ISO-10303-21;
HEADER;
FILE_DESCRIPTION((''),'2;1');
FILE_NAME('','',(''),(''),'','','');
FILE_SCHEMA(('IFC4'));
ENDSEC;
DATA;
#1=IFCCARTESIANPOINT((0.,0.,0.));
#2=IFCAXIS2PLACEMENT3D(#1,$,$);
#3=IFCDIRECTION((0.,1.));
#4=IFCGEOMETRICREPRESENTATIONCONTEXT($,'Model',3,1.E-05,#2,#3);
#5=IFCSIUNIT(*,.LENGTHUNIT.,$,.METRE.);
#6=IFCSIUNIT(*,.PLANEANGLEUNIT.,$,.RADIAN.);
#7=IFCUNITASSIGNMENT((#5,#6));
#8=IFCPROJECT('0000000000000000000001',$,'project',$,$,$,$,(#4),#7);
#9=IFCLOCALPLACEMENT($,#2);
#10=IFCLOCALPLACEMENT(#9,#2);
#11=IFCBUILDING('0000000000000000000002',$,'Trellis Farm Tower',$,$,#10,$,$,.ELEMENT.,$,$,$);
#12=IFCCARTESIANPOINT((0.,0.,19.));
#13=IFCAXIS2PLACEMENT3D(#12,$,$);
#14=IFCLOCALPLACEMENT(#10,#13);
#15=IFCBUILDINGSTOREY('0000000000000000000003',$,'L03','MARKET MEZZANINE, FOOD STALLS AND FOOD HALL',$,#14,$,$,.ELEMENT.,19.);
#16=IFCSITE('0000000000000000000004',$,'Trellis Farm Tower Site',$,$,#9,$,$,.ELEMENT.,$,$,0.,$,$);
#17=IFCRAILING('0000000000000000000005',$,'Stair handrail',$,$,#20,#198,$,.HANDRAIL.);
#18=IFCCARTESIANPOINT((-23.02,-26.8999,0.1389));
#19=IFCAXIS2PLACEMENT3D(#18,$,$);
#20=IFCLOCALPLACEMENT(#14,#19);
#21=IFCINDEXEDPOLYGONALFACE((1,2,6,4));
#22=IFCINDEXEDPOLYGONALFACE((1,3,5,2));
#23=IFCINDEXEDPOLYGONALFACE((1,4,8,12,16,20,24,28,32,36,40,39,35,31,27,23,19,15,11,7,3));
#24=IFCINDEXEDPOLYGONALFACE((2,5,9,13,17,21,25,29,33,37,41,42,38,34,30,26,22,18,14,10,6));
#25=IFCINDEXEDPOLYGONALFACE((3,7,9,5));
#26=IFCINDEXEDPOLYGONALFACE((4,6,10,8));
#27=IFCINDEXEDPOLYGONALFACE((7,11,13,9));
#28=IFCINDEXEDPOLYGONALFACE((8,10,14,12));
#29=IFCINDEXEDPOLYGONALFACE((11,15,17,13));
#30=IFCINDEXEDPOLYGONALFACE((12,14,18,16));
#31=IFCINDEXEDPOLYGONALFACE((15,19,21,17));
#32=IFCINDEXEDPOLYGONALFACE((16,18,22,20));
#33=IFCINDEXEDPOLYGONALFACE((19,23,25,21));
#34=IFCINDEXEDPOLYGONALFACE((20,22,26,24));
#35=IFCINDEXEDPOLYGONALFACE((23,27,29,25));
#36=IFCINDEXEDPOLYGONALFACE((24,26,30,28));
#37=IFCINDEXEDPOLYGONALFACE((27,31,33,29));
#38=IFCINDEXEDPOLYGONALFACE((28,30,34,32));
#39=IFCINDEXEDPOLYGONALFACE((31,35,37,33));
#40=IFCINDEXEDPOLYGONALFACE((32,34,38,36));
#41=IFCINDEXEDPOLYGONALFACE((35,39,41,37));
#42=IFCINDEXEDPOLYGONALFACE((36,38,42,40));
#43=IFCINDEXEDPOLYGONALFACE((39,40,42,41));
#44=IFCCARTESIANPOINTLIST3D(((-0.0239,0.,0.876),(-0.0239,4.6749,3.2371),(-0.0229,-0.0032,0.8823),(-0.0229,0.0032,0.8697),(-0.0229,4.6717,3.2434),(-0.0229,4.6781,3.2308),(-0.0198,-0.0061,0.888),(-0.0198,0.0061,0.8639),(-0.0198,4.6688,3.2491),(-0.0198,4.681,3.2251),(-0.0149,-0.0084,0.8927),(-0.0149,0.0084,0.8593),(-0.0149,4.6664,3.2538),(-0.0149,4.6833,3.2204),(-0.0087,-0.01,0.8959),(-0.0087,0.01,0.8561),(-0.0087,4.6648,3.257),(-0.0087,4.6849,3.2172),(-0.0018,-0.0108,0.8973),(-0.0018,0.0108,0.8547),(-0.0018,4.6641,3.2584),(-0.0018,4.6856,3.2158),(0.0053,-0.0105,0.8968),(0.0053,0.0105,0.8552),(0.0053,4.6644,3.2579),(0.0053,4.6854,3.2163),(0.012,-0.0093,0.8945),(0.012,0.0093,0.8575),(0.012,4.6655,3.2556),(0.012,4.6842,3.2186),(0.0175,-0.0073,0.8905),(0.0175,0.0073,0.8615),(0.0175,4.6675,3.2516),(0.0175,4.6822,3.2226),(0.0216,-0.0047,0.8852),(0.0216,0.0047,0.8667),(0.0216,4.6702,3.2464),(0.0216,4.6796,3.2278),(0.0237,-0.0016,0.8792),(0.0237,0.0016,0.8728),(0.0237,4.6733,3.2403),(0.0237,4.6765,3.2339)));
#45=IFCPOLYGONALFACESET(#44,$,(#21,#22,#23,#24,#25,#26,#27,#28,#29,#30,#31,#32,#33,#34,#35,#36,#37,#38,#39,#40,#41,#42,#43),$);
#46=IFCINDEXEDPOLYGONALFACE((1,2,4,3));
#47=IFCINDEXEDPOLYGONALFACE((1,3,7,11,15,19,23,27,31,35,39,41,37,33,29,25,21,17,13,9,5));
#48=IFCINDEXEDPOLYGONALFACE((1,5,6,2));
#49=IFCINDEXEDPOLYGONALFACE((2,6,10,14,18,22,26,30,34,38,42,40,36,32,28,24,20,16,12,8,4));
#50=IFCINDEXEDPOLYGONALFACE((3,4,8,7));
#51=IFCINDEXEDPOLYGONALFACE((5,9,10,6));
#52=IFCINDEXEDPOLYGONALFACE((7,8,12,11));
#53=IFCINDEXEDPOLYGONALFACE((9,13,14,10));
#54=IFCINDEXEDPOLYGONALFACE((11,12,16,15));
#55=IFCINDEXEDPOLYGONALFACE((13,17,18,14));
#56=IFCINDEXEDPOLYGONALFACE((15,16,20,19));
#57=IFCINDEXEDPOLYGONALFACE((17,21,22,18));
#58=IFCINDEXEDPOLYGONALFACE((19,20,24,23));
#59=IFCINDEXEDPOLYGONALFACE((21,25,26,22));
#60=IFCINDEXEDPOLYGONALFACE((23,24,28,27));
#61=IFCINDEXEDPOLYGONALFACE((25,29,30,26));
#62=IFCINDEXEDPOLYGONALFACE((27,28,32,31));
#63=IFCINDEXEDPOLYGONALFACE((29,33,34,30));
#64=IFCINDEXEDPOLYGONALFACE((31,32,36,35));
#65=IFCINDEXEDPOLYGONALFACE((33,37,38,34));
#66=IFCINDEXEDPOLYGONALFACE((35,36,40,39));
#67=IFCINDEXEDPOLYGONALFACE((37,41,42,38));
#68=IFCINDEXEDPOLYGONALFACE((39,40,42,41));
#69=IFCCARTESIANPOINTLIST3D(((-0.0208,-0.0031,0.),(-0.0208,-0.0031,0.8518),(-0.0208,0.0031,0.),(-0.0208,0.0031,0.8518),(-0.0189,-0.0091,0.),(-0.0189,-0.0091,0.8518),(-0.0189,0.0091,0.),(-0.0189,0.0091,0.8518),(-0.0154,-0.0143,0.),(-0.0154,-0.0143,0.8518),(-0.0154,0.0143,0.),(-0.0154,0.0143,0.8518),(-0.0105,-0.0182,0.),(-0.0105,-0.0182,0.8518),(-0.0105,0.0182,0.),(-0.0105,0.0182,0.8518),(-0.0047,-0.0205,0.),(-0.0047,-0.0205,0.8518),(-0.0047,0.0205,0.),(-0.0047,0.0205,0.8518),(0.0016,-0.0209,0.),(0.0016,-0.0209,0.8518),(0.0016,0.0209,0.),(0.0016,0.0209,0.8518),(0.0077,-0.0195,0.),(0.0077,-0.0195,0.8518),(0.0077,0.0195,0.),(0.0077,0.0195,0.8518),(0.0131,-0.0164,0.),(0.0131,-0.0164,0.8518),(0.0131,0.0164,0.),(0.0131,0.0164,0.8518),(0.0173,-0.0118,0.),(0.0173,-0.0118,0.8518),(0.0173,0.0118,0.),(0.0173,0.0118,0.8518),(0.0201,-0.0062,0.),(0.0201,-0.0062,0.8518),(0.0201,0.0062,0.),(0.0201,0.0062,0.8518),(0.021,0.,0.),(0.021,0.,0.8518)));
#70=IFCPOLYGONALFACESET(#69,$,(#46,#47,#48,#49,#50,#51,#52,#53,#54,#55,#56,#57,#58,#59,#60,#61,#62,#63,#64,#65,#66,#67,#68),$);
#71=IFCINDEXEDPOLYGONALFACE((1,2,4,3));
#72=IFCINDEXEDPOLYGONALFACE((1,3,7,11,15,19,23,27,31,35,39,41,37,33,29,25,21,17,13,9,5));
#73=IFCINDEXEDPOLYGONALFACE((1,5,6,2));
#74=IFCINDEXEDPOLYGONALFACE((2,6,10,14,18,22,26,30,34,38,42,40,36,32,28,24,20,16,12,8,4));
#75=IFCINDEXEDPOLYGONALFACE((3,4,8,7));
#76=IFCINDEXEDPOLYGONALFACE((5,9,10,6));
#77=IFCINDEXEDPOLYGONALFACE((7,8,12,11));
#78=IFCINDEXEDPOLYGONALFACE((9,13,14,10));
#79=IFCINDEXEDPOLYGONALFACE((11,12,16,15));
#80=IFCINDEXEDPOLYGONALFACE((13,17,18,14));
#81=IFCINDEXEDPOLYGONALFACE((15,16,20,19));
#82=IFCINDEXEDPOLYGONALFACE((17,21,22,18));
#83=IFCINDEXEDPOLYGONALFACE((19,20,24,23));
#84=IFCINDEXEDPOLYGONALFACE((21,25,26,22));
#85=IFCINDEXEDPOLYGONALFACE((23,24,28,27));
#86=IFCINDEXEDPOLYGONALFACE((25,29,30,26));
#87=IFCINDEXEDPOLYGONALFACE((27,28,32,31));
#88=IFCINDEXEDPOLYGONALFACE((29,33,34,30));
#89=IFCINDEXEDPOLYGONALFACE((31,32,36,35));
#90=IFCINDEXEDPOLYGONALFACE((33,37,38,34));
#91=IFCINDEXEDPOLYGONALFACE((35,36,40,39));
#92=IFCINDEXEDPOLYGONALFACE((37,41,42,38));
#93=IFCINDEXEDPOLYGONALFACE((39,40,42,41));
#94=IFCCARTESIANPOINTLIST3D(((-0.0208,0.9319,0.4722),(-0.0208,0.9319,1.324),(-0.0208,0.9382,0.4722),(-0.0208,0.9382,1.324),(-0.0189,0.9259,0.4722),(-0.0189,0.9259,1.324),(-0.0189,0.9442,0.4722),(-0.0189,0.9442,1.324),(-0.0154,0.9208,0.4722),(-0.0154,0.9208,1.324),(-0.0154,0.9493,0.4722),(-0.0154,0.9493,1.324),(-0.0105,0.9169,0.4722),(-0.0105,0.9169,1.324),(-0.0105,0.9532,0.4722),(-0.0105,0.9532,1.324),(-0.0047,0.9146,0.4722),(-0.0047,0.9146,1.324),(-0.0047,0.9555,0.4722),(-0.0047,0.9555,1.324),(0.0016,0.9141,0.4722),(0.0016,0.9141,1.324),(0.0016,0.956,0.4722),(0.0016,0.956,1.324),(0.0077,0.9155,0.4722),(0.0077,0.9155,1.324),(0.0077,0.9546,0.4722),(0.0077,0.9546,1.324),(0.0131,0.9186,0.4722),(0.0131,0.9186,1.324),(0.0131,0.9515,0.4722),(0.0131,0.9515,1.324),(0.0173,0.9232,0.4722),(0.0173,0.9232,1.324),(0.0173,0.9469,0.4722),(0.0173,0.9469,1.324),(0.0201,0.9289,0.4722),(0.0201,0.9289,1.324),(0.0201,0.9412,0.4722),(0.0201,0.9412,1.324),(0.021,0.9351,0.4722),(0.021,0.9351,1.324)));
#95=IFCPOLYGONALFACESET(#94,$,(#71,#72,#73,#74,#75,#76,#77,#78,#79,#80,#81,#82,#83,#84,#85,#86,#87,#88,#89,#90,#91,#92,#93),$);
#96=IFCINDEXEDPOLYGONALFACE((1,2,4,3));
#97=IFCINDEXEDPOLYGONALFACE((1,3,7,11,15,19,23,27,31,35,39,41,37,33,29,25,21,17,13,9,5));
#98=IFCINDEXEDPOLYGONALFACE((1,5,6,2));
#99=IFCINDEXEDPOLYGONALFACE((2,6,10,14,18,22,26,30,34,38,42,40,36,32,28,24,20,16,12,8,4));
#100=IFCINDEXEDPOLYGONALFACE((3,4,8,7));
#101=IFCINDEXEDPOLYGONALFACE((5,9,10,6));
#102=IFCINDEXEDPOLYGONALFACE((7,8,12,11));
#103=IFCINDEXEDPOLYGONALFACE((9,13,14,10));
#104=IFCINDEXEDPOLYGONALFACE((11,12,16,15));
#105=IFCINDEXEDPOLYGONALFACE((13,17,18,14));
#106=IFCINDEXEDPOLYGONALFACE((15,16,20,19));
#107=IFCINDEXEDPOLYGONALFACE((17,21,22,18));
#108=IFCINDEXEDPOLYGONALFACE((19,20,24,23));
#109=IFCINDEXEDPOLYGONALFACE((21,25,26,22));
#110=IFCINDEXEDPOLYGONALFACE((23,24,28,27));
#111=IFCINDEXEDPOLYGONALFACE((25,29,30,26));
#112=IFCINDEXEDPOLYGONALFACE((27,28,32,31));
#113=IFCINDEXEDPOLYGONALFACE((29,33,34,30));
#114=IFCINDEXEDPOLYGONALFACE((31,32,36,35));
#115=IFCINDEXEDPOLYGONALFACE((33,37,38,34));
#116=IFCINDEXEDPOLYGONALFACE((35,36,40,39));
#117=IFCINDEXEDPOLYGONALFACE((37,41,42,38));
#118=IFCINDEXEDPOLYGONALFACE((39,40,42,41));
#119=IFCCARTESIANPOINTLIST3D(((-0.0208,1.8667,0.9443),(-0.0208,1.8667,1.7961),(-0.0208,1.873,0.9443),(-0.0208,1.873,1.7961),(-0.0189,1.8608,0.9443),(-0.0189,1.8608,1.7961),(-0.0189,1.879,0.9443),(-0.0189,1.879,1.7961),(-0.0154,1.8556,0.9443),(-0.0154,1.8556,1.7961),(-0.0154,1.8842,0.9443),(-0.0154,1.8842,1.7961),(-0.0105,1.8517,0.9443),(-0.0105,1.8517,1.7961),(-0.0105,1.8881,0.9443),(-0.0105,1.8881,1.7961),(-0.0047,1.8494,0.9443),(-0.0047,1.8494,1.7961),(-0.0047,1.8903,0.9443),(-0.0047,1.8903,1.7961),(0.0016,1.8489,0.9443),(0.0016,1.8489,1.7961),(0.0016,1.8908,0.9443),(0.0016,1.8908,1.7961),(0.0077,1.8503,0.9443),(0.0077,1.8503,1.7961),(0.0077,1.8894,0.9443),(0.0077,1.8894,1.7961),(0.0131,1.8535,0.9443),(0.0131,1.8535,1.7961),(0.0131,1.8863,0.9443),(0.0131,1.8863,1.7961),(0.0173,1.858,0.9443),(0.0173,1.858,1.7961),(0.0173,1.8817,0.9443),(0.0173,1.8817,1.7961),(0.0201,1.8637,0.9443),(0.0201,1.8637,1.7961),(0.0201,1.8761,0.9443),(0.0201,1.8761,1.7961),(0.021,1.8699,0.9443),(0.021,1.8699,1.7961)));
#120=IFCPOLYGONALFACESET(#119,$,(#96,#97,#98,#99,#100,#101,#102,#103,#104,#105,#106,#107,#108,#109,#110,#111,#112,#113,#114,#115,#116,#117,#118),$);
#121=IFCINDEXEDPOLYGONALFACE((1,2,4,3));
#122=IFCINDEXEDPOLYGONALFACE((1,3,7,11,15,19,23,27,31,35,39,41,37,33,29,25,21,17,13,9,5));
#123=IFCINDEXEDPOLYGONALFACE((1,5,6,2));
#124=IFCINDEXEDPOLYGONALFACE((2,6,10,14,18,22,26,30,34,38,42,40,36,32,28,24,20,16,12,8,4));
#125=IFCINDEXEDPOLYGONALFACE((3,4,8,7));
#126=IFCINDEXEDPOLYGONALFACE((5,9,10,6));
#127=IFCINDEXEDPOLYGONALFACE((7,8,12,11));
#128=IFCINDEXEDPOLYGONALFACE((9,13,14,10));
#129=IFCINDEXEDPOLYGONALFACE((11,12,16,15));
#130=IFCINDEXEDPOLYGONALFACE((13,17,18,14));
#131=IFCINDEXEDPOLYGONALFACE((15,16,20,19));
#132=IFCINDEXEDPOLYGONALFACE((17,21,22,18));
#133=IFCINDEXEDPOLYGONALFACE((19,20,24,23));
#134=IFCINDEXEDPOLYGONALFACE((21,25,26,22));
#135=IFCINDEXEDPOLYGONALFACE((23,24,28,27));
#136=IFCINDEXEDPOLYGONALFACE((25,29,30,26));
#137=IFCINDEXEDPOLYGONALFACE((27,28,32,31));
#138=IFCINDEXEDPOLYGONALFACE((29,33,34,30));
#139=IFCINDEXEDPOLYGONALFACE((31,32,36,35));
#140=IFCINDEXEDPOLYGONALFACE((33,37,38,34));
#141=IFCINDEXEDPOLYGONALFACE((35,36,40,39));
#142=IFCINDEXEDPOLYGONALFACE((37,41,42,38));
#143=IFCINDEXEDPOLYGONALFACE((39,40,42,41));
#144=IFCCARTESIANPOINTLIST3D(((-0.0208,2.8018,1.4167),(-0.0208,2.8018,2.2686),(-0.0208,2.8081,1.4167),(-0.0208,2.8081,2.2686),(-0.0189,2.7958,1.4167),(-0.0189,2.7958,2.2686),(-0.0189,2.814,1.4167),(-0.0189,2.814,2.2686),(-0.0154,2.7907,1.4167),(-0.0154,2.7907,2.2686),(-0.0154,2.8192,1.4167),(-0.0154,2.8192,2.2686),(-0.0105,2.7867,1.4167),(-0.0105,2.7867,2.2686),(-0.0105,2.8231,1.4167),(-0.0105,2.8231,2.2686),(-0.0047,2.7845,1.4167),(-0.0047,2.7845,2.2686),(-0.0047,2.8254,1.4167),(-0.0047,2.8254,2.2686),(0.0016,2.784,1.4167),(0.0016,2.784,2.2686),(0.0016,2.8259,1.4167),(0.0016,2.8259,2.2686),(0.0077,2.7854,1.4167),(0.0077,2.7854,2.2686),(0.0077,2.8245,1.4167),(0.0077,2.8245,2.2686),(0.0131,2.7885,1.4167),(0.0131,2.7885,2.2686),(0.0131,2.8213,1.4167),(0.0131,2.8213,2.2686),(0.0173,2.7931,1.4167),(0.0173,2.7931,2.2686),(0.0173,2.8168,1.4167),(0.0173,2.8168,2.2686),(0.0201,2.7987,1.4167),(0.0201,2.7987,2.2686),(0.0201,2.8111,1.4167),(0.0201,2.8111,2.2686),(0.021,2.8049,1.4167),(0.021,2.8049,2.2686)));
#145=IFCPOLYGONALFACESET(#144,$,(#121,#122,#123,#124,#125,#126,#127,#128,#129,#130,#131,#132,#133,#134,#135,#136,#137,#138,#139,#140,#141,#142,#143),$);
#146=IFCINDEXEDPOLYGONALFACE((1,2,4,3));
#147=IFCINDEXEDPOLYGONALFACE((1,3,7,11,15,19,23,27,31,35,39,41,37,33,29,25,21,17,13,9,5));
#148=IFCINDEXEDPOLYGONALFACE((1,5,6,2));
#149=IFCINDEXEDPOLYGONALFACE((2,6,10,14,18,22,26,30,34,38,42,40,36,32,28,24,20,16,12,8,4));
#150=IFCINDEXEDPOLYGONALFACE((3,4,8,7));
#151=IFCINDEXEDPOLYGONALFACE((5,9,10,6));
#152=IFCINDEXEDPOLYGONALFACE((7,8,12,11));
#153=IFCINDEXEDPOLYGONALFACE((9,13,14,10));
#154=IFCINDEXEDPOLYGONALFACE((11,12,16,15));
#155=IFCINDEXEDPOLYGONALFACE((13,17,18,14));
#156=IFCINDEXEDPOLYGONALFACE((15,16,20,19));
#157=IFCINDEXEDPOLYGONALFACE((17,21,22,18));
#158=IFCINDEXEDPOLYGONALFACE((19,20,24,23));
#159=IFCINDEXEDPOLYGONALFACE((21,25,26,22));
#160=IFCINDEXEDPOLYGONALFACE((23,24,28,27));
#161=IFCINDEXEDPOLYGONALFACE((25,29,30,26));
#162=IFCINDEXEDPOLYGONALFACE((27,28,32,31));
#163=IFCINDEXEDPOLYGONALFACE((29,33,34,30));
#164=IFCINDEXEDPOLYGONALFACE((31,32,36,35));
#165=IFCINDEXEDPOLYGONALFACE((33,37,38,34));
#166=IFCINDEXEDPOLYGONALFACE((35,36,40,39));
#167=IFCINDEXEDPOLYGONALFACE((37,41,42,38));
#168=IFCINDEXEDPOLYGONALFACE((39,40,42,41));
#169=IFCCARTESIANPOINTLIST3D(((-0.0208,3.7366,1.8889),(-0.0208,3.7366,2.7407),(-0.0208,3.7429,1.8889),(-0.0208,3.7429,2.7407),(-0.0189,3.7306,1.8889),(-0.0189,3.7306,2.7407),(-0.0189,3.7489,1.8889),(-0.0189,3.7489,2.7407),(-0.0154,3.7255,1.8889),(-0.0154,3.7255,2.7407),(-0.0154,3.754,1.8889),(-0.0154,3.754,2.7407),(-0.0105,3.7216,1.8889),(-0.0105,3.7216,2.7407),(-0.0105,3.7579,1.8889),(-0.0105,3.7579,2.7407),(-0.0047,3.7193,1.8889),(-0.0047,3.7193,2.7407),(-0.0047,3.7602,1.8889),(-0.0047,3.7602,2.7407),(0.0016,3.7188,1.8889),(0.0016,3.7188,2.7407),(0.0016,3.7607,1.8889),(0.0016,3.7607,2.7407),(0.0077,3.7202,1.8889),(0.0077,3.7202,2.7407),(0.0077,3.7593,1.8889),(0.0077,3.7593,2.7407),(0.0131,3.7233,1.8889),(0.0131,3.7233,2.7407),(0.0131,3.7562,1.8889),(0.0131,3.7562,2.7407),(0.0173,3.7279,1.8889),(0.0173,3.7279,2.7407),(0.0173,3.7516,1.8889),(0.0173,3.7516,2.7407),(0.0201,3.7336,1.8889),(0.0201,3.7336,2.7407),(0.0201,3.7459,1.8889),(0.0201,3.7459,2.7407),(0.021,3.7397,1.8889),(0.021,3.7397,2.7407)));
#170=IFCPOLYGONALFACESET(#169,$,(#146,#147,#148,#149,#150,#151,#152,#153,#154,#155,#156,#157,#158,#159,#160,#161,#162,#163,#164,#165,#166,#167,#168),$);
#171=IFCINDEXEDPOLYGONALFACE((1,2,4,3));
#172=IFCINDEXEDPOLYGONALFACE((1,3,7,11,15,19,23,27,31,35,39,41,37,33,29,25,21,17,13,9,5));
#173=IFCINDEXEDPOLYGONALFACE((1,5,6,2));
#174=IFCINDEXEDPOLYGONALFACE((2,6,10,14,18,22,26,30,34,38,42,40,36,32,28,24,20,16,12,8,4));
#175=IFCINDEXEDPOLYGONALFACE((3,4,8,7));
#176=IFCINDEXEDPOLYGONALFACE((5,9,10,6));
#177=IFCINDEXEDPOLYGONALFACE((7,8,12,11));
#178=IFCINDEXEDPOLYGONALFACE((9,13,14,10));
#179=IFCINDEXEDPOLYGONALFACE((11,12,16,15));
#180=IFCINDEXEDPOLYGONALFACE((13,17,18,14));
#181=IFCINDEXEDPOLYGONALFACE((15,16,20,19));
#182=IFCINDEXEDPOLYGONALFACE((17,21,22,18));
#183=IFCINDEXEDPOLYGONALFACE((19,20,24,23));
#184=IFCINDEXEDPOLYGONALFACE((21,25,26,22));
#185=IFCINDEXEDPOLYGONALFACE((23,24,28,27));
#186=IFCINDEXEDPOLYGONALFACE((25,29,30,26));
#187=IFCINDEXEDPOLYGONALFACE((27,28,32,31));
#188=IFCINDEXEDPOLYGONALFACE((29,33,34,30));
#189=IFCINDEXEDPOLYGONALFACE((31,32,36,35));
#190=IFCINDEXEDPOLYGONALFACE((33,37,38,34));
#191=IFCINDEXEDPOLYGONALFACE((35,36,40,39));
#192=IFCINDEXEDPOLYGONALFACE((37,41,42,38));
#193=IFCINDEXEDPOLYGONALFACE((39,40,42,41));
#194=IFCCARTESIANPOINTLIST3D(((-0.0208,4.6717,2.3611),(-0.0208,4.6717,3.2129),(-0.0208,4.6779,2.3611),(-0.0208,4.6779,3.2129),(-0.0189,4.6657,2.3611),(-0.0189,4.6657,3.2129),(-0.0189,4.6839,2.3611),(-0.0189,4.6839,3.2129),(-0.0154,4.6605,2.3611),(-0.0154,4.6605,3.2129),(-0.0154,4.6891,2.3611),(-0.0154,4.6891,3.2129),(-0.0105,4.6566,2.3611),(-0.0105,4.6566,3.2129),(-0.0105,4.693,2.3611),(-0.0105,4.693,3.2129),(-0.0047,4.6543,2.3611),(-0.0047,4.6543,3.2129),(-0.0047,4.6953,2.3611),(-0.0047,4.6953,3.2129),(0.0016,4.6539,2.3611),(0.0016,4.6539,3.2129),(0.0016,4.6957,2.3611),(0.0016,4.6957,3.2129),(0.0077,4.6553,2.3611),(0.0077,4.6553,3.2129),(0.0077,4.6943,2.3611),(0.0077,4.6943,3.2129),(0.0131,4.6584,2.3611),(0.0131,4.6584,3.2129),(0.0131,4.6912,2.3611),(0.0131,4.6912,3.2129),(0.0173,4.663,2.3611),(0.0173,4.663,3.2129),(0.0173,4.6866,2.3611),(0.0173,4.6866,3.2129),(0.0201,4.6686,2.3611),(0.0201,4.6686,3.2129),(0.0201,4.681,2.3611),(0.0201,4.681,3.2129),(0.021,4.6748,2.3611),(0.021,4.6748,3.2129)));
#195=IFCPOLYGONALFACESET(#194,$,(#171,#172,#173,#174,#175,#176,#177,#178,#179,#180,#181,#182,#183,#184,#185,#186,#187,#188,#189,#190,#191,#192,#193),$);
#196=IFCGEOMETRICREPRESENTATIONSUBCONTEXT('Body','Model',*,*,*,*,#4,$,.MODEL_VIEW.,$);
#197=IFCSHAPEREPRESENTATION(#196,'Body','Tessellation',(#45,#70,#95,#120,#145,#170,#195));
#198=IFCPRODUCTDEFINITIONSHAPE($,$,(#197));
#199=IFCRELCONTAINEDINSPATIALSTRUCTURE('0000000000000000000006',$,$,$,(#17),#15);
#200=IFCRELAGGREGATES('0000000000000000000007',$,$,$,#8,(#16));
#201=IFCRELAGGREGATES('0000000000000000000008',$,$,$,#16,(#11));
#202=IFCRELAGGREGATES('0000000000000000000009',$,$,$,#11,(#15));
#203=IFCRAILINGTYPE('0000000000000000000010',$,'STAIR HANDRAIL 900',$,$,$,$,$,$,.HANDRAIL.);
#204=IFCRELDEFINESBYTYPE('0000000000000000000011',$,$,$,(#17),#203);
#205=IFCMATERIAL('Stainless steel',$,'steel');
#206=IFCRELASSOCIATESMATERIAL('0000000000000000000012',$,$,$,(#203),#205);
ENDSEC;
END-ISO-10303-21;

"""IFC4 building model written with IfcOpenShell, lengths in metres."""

from ifc_helpers import new_model, si_unit, direction, frame, origin, origin_2d, place, context, subcontext, project, spatial, circle, extrude, source, transform, mapped, material, type_object, element, save


model = new_model("IFC4")

# Units and contexts
model_context = context("Model", 3, precision=1e-05, world=origin(), true_north=direction((0.0, 1.0)))
body_context = subcontext(model_context, "Body", "Model", "MODEL_VIEW")
ifc_project = project(units=[si_unit("LENGTHUNIT", "METRE"), si_unit("PLANEANGLEUNIT", "RADIAN")], contexts=[model_context])

# Site, building, storey
site_placement = place(None, origin())
site = spatial("IfcSite", under=ifc_project, at=site_placement, Name="Trellis Farm Tower Site", CompositionType="ELEMENT", RefElevation=0.0)
building_placement = place(site_placement, origin())
building = spatial("IfcBuilding", under=site, at=building_placement, Name="Trellis Farm Tower", CompositionType="ELEMENT")
storey_placement = place(building_placement, frame((0.0, 0.0, 19.0)))
storey = spatial("IfcBuildingStorey", under=building, at=storey_placement, Name="L03", Description="MARKET MEZZANINE, FOOD STALLS AND FOOD HALL", CompositionType="ELEMENT", Elevation=19.0)

# Railing
ifc_material_1 = material(Name="Stainless steel", Category="steel")
railing_type = type_object("IfcRailingType", Name="STAIR HANDRAIL 900", PredefinedType="HANDRAIL", material=ifc_material_1)
shared_shape_1 = source(origin(), body_context, "Body", "SweptSolid", [
    extrude(circle(Radius=0.0239, at=origin_2d()), frame((0.0, 0.0, 0.876), z_axis=(0.0, 0.892611, 0.450827), x_axis=(-1.0, 0.0, 0.0)), (0.0, 0.0, 1.0), 5.2373),
    extrude(circle(Radius=0.021, at=origin_2d()), origin(), (0.0, 0.0, 1.0), 0.8518),
    extrude(circle(Radius=0.021, at=origin_2d()), frame((0.0, 0.9351, 0.4722)), (0.0, 0.0, 1.0), 0.8518),
    extrude(circle(Radius=0.021, at=origin_2d()), frame((0.0, 1.8699, 0.9443)), (0.0, 0.0, 1.0), 0.8518),
    extrude(circle(Radius=0.021, at=origin_2d()), frame((0.0, 2.8049, 1.4167)), (0.0, 0.0, 1.0), 0.8518),
    extrude(circle(Radius=0.021, at=origin_2d()), frame((0.0, 3.7397, 1.8889)), (0.0, 0.0, 1.0), 0.8518),
    extrude(circle(Radius=0.021, at=origin_2d()), frame((0.0, 4.6748, 2.3611)), (0.0, 0.0, 1.0), 0.8518),
])
for number, where, name in (
    (1, (-23.02, -26.8999, 0.1389), "Stair handrail"),
):
    element("IfcRailing", number, at=place(storey_placement, frame(where)), inside=storey, type_object=railing_type, Name=name, PredefinedType="HANDRAIL", context=body_context, shape_type="MappedRepresentation", body=[
        mapped(shared_shape_1, transform((0.0, 0.0, 0.0))),
    ])

save(model, "model.ifc")
